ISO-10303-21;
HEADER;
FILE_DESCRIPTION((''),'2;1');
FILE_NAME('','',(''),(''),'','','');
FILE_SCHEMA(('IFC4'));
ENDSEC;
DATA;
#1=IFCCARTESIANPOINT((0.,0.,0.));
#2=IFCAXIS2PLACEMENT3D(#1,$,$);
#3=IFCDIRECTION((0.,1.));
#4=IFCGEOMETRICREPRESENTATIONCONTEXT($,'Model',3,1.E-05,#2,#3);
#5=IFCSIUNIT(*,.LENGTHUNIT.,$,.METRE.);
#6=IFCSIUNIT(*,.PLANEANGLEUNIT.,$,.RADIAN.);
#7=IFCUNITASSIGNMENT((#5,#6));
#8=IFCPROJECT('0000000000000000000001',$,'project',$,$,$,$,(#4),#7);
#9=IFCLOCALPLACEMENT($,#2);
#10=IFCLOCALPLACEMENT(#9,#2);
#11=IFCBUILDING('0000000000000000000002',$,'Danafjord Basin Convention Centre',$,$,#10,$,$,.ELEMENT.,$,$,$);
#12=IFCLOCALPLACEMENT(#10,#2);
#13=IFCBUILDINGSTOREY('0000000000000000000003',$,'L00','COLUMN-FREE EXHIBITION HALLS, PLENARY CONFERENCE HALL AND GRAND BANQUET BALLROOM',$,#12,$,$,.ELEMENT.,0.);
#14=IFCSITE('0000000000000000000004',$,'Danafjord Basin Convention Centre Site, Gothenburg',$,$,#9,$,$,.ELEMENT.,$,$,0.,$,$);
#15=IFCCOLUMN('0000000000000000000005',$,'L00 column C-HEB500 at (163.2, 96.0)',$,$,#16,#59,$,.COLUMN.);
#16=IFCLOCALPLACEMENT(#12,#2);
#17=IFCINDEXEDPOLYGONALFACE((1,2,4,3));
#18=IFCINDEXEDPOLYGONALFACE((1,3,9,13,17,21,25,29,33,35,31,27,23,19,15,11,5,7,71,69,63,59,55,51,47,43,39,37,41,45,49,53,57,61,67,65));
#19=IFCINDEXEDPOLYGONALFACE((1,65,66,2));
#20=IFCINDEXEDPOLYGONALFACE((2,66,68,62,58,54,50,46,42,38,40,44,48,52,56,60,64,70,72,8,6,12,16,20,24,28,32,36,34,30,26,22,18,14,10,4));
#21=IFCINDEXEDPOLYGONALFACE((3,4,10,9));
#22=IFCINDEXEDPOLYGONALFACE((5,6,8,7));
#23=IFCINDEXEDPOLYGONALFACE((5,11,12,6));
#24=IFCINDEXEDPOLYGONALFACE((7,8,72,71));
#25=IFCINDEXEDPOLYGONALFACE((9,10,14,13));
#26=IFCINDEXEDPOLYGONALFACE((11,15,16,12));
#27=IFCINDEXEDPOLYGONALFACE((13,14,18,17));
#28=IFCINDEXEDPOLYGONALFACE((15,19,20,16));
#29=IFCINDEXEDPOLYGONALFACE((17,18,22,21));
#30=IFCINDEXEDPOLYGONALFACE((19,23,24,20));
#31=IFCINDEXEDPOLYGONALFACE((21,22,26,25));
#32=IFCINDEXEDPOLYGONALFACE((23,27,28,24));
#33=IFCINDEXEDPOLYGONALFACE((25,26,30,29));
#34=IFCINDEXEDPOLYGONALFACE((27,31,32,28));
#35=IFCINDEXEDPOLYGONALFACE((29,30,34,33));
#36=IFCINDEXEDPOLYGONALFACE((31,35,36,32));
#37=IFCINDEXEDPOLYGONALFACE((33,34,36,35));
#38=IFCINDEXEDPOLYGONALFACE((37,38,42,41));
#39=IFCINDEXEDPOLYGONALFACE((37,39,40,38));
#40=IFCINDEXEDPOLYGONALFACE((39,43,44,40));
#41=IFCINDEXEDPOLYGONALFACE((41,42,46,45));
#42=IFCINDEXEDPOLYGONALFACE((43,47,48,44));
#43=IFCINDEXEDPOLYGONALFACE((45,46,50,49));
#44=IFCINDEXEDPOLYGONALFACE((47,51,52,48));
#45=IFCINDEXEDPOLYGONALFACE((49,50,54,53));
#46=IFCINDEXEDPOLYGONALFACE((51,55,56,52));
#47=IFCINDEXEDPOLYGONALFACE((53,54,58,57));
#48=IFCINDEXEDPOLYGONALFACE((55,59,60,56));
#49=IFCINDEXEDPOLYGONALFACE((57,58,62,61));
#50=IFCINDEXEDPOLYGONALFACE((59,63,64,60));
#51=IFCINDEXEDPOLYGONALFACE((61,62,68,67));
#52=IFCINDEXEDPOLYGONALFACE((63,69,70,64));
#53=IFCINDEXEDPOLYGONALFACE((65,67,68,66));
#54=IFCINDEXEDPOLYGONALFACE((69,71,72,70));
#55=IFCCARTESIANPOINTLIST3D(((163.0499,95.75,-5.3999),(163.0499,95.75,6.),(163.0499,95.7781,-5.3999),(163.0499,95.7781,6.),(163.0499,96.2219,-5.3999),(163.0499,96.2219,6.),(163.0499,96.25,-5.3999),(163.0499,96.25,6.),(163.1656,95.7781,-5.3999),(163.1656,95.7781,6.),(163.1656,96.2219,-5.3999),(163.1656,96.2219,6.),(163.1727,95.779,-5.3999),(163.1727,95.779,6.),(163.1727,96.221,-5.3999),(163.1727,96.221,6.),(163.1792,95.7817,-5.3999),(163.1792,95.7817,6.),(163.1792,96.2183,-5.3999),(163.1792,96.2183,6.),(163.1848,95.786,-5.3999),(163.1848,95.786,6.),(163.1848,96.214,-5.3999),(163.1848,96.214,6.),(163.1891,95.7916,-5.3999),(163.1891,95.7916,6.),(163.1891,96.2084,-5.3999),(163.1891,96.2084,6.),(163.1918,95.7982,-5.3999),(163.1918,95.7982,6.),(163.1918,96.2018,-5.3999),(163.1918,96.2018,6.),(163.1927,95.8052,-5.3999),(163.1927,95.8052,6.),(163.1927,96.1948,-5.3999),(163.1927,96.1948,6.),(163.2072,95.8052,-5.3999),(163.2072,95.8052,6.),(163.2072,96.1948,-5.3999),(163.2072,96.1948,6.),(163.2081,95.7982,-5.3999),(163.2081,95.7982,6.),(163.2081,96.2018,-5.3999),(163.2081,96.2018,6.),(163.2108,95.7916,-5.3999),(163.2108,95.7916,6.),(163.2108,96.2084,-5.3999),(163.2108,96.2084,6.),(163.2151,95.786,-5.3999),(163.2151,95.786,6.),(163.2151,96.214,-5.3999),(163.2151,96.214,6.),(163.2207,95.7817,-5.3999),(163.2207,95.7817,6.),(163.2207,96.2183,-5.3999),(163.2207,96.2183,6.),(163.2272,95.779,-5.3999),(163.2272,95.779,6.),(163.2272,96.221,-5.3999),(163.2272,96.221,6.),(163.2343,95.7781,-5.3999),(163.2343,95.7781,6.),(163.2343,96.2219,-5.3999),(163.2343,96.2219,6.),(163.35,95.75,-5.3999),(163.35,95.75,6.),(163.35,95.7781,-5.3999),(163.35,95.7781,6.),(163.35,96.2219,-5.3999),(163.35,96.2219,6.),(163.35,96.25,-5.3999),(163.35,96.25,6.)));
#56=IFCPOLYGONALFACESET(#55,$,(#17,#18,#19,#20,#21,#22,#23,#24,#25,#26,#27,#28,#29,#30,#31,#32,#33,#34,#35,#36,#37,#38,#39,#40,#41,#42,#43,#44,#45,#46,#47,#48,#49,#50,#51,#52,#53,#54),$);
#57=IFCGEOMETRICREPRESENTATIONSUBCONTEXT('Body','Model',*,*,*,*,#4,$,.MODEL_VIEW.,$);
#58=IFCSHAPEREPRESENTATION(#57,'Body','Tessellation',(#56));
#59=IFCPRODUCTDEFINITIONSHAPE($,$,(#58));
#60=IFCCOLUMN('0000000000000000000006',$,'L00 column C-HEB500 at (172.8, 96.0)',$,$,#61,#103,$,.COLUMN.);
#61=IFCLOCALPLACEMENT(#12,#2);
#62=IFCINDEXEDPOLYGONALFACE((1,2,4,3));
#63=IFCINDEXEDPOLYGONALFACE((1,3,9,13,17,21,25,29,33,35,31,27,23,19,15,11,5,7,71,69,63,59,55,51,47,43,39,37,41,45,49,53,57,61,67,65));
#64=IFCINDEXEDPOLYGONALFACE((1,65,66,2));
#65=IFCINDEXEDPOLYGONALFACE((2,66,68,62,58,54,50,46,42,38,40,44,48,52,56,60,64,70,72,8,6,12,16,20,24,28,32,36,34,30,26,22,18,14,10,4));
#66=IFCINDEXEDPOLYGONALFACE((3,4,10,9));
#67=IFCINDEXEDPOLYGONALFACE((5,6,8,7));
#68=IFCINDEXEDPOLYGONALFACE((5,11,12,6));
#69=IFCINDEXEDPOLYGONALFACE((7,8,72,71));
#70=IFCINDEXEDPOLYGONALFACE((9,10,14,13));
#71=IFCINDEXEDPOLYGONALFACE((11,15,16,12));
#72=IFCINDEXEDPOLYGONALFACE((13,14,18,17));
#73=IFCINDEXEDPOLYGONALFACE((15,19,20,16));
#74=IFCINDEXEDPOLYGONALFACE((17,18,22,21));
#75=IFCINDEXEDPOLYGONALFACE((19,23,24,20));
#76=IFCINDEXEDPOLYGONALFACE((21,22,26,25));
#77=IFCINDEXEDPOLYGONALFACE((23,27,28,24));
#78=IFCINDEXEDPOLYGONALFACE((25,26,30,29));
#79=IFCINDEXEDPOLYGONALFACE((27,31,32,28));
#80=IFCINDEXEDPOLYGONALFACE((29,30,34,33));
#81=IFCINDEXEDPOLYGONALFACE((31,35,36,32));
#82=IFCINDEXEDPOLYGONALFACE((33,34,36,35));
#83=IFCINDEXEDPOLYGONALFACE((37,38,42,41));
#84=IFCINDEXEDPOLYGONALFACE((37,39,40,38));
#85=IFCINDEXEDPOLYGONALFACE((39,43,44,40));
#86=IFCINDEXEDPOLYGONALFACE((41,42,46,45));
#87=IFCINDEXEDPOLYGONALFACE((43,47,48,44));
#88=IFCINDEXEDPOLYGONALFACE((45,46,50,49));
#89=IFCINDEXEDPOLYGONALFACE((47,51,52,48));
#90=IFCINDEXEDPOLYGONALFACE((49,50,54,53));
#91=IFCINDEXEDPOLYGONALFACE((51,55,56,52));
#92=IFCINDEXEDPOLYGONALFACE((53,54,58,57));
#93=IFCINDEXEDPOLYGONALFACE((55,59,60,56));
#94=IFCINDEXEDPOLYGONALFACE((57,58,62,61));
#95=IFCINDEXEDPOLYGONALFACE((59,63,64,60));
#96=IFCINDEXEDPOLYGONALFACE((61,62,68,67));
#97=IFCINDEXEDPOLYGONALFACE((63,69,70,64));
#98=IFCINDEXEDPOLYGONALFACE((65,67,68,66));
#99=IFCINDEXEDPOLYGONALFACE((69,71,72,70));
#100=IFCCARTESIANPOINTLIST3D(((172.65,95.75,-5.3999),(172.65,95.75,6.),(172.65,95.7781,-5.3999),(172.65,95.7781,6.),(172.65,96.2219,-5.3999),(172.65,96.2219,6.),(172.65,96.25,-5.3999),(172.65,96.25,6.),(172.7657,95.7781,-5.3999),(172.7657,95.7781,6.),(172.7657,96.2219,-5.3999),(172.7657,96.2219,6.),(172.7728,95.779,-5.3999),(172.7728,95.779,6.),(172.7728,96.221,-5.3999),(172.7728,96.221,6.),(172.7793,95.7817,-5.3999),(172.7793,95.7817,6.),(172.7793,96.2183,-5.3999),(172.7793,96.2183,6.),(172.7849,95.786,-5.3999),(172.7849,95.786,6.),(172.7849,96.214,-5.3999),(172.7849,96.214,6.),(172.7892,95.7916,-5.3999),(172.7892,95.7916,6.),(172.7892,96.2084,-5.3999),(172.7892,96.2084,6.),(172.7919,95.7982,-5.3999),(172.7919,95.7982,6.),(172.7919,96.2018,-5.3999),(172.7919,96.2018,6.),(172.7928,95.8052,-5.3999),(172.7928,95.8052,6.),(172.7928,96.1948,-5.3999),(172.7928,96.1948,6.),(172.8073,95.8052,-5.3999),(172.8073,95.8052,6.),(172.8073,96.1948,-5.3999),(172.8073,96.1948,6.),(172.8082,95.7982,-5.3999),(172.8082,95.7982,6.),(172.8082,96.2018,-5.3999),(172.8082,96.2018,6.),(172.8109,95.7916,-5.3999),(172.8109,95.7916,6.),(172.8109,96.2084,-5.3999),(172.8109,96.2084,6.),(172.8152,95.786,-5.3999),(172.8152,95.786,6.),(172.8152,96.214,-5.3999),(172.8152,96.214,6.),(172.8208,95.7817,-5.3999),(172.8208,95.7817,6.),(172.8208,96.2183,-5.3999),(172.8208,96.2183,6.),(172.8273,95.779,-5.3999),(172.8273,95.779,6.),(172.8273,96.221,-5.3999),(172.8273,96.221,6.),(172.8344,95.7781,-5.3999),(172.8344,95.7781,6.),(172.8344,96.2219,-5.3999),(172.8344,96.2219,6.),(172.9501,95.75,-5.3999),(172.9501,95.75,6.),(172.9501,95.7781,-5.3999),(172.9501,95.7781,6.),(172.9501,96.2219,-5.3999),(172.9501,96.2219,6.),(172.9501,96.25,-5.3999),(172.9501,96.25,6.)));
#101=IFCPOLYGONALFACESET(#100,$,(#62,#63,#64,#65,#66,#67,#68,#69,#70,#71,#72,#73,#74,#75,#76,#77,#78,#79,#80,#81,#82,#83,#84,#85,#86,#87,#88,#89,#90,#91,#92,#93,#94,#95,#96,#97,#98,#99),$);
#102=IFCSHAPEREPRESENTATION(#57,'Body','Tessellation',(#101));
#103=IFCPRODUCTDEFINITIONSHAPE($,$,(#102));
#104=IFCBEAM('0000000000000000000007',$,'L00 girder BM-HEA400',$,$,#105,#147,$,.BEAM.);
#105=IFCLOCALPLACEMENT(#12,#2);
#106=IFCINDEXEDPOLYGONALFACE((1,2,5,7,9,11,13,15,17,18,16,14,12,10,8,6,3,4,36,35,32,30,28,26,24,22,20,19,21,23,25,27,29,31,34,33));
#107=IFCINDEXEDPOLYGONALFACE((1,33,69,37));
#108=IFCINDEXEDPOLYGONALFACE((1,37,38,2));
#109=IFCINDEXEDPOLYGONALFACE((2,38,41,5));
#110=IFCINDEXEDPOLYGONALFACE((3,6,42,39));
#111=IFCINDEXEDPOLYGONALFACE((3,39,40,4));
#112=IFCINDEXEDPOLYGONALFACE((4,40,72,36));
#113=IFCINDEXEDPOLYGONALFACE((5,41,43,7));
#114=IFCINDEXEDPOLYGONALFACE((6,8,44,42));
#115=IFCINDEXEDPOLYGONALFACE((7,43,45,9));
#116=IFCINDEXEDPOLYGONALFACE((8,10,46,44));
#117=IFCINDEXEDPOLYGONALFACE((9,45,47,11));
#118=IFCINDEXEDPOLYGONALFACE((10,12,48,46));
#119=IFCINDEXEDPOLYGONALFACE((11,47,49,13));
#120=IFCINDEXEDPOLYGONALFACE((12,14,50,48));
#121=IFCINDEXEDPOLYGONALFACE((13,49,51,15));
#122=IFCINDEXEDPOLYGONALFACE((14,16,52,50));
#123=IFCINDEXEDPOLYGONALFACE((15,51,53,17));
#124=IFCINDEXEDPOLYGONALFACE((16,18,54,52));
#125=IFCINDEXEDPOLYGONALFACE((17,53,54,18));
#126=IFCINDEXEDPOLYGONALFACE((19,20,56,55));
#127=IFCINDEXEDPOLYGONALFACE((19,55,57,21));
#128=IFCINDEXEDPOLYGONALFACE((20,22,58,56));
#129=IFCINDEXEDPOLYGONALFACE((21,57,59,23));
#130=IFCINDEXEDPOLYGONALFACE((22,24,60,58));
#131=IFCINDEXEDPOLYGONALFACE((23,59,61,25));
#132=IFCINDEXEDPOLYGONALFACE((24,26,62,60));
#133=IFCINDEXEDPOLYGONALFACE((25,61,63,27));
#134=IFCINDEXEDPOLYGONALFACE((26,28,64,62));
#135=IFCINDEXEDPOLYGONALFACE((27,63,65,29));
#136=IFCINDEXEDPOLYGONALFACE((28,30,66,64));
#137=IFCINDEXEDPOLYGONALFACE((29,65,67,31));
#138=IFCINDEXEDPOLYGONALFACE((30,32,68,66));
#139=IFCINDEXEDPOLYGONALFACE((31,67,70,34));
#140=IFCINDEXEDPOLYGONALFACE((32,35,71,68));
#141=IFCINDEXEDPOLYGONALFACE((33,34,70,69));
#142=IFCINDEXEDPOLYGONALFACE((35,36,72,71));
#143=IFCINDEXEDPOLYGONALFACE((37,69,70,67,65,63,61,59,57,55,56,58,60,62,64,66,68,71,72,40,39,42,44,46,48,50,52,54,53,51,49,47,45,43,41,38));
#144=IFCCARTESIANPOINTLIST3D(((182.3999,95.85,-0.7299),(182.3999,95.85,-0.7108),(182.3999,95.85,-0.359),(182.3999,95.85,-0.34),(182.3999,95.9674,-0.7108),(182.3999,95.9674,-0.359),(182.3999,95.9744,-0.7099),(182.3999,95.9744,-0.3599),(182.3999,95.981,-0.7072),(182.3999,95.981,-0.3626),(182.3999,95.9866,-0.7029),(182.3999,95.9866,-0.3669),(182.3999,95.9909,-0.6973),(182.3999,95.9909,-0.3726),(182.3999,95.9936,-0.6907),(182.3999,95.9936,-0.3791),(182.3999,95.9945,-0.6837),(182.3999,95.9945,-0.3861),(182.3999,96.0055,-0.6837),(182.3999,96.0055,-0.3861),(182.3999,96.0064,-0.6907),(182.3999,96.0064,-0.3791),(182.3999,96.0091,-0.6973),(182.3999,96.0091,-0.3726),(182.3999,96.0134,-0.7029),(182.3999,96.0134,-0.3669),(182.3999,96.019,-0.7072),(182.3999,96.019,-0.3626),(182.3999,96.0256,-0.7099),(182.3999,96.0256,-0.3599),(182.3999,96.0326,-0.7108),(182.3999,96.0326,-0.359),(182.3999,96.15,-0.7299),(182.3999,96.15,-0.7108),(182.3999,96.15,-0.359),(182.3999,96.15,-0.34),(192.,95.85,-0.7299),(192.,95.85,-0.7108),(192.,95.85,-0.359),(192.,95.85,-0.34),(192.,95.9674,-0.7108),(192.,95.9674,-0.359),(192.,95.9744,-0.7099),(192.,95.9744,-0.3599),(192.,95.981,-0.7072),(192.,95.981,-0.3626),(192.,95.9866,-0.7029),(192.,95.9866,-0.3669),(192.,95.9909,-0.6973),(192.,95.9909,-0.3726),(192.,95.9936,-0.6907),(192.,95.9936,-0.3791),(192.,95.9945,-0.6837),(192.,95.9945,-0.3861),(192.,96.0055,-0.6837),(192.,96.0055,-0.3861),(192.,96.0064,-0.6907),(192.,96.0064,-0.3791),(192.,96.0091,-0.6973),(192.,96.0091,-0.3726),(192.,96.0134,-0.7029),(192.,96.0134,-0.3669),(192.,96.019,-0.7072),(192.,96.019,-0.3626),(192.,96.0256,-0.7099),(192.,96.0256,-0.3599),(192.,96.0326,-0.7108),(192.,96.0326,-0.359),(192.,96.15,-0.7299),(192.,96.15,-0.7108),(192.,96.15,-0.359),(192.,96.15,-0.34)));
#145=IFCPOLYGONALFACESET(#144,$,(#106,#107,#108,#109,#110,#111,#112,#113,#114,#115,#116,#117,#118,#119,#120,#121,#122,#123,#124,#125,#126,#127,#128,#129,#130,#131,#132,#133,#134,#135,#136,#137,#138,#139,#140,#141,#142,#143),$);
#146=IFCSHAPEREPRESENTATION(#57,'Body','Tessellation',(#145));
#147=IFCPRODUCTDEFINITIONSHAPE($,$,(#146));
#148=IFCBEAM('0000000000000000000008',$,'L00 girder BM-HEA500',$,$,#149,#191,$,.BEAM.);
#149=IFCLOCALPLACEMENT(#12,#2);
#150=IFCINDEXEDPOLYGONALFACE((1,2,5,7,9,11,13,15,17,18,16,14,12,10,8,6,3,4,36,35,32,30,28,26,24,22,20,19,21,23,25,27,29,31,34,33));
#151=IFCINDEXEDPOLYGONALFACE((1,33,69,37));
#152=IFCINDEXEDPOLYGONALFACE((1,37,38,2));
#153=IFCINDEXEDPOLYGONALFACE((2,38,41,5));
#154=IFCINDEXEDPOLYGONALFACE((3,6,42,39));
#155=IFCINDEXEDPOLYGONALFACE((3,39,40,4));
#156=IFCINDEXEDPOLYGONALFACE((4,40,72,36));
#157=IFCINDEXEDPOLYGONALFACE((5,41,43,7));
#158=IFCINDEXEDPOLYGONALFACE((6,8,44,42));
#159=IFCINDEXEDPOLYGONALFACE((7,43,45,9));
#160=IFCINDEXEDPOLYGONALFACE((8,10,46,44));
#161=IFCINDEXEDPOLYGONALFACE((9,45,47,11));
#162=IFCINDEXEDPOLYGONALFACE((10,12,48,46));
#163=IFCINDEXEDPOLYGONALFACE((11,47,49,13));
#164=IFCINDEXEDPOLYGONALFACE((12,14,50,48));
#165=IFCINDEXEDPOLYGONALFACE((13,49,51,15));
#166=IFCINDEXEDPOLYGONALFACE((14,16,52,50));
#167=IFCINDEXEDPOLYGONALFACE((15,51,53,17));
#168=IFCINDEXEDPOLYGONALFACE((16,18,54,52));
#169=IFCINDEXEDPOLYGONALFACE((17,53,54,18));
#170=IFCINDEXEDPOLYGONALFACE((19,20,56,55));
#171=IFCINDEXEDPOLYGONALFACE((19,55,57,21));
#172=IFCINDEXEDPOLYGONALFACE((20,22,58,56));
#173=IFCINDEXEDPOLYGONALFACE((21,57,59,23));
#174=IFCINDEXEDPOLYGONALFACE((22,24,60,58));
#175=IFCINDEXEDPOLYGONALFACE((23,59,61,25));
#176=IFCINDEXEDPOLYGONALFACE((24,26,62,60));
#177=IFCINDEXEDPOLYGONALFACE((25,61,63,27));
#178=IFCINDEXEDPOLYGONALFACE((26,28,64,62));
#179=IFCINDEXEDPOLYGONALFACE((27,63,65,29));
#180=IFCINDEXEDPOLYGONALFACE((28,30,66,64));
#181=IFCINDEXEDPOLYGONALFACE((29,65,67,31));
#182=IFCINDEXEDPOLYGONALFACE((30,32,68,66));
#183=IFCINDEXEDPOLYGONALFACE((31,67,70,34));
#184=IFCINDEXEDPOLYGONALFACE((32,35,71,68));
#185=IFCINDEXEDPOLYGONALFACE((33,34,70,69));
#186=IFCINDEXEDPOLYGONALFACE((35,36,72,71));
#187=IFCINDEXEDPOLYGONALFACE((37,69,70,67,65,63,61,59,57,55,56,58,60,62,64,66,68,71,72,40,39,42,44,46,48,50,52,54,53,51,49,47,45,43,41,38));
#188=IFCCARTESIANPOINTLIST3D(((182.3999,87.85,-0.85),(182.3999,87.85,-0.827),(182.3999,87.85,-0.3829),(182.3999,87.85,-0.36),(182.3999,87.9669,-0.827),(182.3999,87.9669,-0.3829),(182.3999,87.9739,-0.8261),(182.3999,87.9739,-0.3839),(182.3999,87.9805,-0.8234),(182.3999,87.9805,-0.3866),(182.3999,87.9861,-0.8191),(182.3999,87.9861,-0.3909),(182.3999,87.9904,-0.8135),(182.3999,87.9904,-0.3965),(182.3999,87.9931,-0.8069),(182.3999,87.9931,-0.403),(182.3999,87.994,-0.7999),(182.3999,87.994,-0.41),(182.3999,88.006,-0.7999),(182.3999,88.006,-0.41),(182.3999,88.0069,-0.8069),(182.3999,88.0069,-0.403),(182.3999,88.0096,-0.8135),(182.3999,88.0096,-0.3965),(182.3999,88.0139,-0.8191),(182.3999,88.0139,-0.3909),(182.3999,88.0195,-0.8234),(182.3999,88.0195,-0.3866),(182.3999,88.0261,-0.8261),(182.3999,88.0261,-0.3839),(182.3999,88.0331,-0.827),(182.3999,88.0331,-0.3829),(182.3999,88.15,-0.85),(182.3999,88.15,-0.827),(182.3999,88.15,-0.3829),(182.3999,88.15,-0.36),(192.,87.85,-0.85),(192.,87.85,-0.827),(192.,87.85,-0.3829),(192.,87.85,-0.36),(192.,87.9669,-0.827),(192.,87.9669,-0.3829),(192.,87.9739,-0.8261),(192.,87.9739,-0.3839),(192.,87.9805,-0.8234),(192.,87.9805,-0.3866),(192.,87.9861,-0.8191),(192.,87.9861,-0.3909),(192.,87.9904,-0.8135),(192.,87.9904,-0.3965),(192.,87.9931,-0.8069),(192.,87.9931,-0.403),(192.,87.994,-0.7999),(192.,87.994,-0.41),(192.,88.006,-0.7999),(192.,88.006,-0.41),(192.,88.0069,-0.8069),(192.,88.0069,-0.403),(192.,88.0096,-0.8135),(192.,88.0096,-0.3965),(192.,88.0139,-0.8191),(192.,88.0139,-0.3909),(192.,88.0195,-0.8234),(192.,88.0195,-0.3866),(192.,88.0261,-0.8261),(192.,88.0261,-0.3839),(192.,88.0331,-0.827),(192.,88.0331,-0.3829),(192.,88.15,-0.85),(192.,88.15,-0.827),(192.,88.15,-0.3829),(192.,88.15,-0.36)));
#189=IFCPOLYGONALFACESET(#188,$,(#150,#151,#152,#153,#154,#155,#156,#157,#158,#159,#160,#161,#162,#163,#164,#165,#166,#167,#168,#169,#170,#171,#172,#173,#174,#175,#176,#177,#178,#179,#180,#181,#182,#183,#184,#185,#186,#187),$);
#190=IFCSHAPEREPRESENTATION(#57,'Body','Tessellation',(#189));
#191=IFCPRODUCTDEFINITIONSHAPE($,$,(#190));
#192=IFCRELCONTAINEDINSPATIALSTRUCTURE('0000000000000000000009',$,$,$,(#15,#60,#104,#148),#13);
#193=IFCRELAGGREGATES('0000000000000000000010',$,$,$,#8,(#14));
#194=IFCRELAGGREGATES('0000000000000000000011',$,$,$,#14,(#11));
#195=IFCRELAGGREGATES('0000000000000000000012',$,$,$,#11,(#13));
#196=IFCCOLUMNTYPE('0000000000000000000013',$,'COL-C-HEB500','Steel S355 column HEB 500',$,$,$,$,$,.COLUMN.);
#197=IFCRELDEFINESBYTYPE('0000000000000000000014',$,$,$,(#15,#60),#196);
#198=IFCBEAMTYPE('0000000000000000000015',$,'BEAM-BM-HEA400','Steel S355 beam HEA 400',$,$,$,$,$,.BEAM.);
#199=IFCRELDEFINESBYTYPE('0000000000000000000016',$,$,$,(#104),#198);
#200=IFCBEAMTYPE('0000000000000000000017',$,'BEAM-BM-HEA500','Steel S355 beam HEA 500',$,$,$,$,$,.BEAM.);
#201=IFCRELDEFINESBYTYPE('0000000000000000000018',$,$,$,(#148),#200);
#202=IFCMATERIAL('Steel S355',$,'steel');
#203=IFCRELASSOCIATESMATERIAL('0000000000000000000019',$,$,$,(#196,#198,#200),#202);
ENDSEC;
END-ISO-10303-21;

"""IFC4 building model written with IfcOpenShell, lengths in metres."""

from ifc_helpers import new_model, si_unit, direction, frame, origin, origin_2d, place, context, subcontext, project, spatial, i_section, extrude, material, material_profile, profile_set, type_object, element, save


model = new_model("IFC4")

# Units and contexts
model_context = context("Model", 3, precision=1e-05, world=origin(), true_north=direction((0.0, 1.0)))
body_context = subcontext(model_context, "Body", "Model", "MODEL_VIEW")
ifc_project = project(units=[si_unit("LENGTHUNIT", "METRE"), si_unit("PLANEANGLEUNIT", "RADIAN")], contexts=[model_context])

# Site, building, storey
site_placement = place(None, origin())
site = spatial("IfcSite", under=ifc_project, at=site_placement, Name="Danafjord Basin Convention Centre Site, Gothenburg", CompositionType="ELEMENT", RefElevation=0.0)
building_placement = place(site_placement, origin())
building = spatial("IfcBuilding", under=site, at=building_placement, Name="Danafjord Basin Convention Centre", CompositionType="ELEMENT")
storey_placement = place(building_placement, origin())
storey = spatial("IfcBuildingStorey", under=building, at=storey_placement, Name="L00", Description="COLUMN-FREE EXHIBITION HALLS, PLENARY CONFERENCE HALL AND GRAND BANQUET BALLROOM", CompositionType="ELEMENT", Elevation=0.0)

# Columns
ifc_material_1 = material(Name="Steel S355", Category="steel")
ifc_material_profile_1 = material_profile(ifc_material_1, i_section(OverallWidth=0.3, OverallDepth=0.5, WebThickness=0.0144, FlangeThickness=0.0281, FilletRadius=0.0271, at=origin_2d()), Name="HEB 500")
ifc_profile_set_1 = profile_set([ifc_material_profile_1], Name="Steel S355")
column_type_1 = type_object("IfcColumnType", Name="COL-C-HEB500", Description="Steel S355 column HEB 500", PredefinedType="COLUMN", material=ifc_profile_set_1)
for number, where, z_axis, x_axis, name in (
    (1, (163.2, 96.0, -5.3999), (0.0, 0.0, 1.0), (1.0, 0.0, 0.0), "L00 column C-HEB500 at (163.2, 96.0)"),
    (2, (172.8, 96.0, -5.3999), (0.0, 0.0, 1.0), (1.0, 0.0, 0.0), "L00 column C-HEB500 at (172.8, 96.0)"),
):
    element("IfcColumn", number, at=place(storey_placement, frame(where, z_axis=z_axis, x_axis=x_axis)), inside=storey, type_object=column_type_1, Name=name, PredefinedType="COLUMN", context=body_context, shape_type="SweptSolid", body=[
        extrude(i_section(OverallWidth=0.3, OverallDepth=0.5, WebThickness=0.0144, FlangeThickness=0.0281, FilletRadius=0.0271, at=origin_2d()), origin(), (0.0, 0.0, 1.0), 11.3999),
    ])

# Beams
ifc_material_profile_2 = material_profile(ifc_material_1, i_section(OverallWidth=0.3, OverallDepth=0.3899, WebThickness=0.011, FlangeThickness=0.019, FilletRadius=0.0271, at=origin_2d()), Name="HEA 400")
ifc_profile_set_2 = profile_set([ifc_material_profile_2], Name="Steel S355")
beam_type_1 = type_object("IfcBeamType", Name="BEAM-BM-HEA400", Description="Steel S355 beam HEA 400", PredefinedType="BEAM", material=ifc_profile_set_2)
beam_1_placement = place(storey_placement, frame((182.3999, 96.0, -0.5349), z_axis=(1.0, 0.0, 0.0), x_axis=(0.0, 1.0, 0.0)))
element("IfcBeam", 3, at=beam_1_placement, inside=storey, type_object=beam_type_1, Name="L00 girder BM-HEA400", PredefinedType="BEAM", context=body_context, shape_type="SweptSolid", body=[
    extrude(i_section(OverallWidth=0.3, OverallDepth=0.3899, WebThickness=0.011, FlangeThickness=0.019, FilletRadius=0.0271, at=origin_2d()), origin(), (0.0, 0.0, 1.0), 9.6001),
])
ifc_material_profile_3 = material_profile(ifc_material_1, i_section(OverallWidth=0.3, OverallDepth=0.49, WebThickness=0.012, FlangeThickness=0.0229, FilletRadius=0.0271, at=origin_2d()), Name="HEA 500")
ifc_profile_set_3 = profile_set([ifc_material_profile_3], Name="Steel S355")
beam_type_2 = type_object("IfcBeamType", Name="BEAM-BM-HEA500", Description="Steel S355 beam HEA 500", PredefinedType="BEAM", material=ifc_profile_set_3)
beam_2_placement = place(storey_placement, frame((182.3999, 88.0, -0.605), z_axis=(1.0, 0.0, 0.0), x_axis=(0.0, 1.0, 0.0)))
element("IfcBeam", 4, at=beam_2_placement, inside=storey, type_object=beam_type_2, Name="L00 girder BM-HEA500", PredefinedType="BEAM", context=body_context, shape_type="SweptSolid", body=[
    extrude(i_section(OverallWidth=0.3, OverallDepth=0.49, WebThickness=0.012, FlangeThickness=0.0229, FilletRadius=0.0271, at=origin_2d()), origin(), (0.0, 0.0, 1.0), 9.6001),
])

save(model, "model.ifc")
